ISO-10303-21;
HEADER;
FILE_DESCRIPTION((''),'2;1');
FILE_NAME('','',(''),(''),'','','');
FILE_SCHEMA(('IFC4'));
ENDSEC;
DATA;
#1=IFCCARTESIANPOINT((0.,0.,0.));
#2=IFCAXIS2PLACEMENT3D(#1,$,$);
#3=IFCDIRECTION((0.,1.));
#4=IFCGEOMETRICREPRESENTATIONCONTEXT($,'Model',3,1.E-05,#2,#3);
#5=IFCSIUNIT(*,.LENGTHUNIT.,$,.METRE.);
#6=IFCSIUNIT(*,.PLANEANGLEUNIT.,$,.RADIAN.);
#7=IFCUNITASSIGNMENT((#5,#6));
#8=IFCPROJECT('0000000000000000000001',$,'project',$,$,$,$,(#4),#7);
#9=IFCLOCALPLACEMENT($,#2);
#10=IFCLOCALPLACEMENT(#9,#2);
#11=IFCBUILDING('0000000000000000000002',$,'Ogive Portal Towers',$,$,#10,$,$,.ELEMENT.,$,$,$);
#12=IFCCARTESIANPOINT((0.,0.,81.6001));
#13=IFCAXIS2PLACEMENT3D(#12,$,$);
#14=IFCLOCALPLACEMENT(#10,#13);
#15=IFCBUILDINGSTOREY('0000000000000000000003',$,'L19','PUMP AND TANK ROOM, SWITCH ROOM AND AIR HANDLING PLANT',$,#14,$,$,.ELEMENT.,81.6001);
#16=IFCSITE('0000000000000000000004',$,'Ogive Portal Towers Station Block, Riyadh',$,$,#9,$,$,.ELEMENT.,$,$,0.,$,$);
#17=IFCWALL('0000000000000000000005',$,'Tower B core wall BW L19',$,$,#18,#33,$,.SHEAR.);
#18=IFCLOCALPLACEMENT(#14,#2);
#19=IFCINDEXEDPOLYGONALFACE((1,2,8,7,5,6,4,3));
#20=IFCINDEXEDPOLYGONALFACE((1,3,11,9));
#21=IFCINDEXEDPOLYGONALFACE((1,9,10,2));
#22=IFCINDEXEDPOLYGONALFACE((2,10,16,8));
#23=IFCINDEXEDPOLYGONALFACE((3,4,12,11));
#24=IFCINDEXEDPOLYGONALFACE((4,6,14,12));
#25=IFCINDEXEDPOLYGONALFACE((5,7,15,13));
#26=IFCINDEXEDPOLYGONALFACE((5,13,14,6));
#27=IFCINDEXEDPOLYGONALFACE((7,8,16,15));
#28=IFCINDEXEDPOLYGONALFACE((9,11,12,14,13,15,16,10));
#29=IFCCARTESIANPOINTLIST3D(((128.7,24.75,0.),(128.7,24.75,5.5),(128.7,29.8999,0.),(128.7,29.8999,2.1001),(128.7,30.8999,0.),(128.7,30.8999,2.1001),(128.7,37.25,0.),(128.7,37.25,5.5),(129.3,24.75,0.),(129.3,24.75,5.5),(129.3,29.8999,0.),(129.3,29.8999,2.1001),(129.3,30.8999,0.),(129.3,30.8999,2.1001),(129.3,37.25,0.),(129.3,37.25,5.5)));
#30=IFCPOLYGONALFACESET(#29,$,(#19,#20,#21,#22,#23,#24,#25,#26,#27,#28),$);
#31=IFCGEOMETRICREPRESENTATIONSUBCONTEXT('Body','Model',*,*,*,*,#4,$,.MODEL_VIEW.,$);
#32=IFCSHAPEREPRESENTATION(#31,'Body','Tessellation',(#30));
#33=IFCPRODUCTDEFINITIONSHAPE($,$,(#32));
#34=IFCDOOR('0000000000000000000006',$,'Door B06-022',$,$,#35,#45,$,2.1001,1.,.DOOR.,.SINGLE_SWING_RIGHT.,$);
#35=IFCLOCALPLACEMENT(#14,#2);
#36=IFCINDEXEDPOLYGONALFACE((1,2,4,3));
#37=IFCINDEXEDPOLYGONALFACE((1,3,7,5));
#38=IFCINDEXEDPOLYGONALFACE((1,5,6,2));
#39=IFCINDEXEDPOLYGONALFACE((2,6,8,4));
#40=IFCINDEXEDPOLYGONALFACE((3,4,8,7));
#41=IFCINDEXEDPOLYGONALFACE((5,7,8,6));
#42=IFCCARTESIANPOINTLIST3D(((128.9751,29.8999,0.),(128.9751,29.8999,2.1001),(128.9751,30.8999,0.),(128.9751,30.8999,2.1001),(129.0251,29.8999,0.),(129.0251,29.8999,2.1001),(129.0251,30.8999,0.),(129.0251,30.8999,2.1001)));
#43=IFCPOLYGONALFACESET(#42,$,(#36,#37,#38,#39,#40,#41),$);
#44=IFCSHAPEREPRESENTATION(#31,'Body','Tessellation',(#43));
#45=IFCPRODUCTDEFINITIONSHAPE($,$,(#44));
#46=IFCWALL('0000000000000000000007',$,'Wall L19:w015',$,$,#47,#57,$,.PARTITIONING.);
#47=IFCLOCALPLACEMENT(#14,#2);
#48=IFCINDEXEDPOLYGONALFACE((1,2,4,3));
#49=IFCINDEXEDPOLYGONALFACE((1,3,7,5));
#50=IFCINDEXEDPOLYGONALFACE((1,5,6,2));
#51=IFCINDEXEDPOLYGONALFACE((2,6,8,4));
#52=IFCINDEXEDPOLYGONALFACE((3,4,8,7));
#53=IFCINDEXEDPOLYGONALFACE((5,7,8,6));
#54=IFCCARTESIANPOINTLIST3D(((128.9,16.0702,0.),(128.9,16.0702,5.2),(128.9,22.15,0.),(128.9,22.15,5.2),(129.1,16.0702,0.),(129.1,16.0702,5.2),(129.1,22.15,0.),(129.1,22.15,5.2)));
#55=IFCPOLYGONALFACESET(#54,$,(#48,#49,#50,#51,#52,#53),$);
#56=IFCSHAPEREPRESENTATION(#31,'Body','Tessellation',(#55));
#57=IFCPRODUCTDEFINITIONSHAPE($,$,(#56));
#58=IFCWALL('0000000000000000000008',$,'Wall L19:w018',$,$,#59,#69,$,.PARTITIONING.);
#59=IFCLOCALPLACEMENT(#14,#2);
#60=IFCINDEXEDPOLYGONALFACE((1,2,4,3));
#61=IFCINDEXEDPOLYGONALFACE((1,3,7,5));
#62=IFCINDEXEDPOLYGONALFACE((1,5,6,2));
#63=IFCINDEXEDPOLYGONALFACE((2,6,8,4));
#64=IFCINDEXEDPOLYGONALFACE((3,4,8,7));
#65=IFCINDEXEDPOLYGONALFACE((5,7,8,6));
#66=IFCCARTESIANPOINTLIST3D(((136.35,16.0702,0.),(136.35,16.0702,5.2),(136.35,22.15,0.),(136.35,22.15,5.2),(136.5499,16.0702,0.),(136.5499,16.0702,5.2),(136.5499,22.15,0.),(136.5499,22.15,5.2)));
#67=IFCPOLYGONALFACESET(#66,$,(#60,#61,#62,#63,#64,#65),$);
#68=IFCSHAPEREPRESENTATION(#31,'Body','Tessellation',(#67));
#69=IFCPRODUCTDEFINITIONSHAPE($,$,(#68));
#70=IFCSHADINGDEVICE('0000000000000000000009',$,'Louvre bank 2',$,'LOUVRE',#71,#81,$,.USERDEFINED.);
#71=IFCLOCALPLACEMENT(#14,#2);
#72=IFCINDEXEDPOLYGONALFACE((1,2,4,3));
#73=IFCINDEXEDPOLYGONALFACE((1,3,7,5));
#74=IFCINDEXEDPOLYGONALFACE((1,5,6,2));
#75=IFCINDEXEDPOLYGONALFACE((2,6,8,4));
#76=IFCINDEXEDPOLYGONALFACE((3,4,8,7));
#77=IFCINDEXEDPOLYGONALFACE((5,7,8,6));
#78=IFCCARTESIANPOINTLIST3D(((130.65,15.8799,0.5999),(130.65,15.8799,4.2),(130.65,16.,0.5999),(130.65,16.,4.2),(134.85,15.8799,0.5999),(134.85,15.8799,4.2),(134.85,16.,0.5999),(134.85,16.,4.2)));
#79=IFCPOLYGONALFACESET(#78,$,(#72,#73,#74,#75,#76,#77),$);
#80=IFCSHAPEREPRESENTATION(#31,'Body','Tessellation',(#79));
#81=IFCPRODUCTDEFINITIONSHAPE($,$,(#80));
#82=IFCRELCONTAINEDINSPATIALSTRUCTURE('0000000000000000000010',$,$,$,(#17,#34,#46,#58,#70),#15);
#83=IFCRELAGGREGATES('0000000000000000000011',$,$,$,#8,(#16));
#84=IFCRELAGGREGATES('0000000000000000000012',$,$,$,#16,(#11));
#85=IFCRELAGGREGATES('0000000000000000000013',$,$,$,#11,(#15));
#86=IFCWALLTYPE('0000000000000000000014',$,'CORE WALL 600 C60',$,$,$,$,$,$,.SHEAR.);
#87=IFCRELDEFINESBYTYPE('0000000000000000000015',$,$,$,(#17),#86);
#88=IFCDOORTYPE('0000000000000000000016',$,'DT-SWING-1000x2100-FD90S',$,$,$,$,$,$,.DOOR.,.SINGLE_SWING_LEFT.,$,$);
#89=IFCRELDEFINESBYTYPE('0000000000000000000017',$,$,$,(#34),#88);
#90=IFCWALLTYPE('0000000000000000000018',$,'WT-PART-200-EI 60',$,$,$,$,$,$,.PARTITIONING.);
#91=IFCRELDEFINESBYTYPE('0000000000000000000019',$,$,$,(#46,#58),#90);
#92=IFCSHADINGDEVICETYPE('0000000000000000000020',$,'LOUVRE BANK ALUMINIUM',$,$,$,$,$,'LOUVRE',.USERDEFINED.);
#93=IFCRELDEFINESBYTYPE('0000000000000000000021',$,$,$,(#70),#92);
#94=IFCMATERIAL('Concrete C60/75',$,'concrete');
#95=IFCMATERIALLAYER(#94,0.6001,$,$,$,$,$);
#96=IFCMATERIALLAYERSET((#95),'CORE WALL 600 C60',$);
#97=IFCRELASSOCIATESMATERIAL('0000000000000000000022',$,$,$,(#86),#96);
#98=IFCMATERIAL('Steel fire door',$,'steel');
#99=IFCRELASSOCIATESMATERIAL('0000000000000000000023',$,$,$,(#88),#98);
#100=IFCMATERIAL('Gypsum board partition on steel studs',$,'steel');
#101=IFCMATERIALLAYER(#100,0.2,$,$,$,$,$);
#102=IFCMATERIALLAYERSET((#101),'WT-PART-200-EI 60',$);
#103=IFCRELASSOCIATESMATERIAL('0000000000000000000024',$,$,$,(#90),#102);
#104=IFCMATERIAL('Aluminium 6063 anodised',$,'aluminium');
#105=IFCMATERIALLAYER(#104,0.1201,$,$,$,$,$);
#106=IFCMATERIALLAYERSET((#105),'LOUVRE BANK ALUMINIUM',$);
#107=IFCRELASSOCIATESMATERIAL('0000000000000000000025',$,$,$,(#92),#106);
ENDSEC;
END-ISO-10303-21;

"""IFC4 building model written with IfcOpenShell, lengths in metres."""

from ifc_helpers import new_model, si_unit, direction, frame, frame_2d, origin, origin_2d, place, context, subcontext, project, spatial, rectangle, extrude, material, layer, layer_set, type_object, element, fill, save


model = new_model("IFC4")

# Units and contexts
model_context = context("Model", 3, precision=1e-05, world=origin(), true_north=direction((0.0, 1.0)))
body_context = subcontext(model_context, "Body", "Model", "MODEL_VIEW")
ifc_project = project(units=[si_unit("LENGTHUNIT", "METRE"), si_unit("PLANEANGLEUNIT", "RADIAN")], contexts=[model_context])

# Site, building, storey
site_placement = place(None, origin())
site = spatial("IfcSite", under=ifc_project, at=site_placement, Name="Ogive Portal Towers Station Block, Riyadh", CompositionType="ELEMENT", RefElevation=0.0)
building_placement = place(site_placement, origin())
building = spatial("IfcBuilding", under=site, at=building_placement, Name="Ogive Portal Towers", CompositionType="ELEMENT")
storey_placement = place(building_placement, frame((0.0, 0.0, 81.6001)))
storey = spatial("IfcBuildingStorey", under=building, at=storey_placement, Name="L19", Description="PUMP AND TANK ROOM, SWITCH ROOM AND AIR HANDLING PLANT", CompositionType="ELEMENT", Elevation=81.6001)

# Shared definitions
ifc_material_1 = material(Name="Concrete C60/75", Category="concrete")
ifc_material_2 = material(Name="Steel fire door", Category="steel")

# Wall, opening, door
ifc_layer_1 = layer(ifc_material_1, 0.6001)
ifc_layer_set_1 = layer_set([ifc_layer_1], Name="CORE WALL 600 C60")
wall_type_1 = type_object("IfcWallType", Name="CORE WALL 600 C60", PredefinedType="SHEAR", material=ifc_layer_set_1)
wall_1_placement = place(storey_placement, frame((129.0, 24.75, 0.0), z_axis=(0.0, 0.0, 1.0), x_axis=(0.0, 1.0, 0.0)))
wall_1 = element("IfcWall", 1, at=wall_1_placement, inside=storey, type_object=wall_type_1, Name="Tower B core wall BW L19", PredefinedType="SHEAR", context=body_context, shape_type="SweptSolid", body=[
    extrude(rectangle(XDim=12.5, YDim=0.6001, at=frame_2d((6.25, 0.0))), origin(), (0.0, 0.0, 1.0), 5.5),
])
opening_1_placement = place(wall_1_placement, frame((5.1499, 0.0, 0.0)))
opening_1 = element("IfcOpeningElement", 2, at=opening_1_placement, cuts=wall_1, PredefinedType="OPENING", context=body_context, shape_type="SweptSolid", body=[
    extrude(rectangle(XDim=1.0, YDim=2.1001, at=frame_2d((0.5, 1.05))), frame((0.0, 0.3101, 0.0), z_axis=(0.0, -1.0, 0.0), x_axis=(1.0, 0.0, 0.0)), (0.0, 0.0, 1.0), 0.6201),
])
door_type_1 = type_object("IfcDoorType", Name="DT-SWING-1000x2100-FD90S", OperationType="SINGLE_SWING_LEFT", PredefinedType="DOOR", material=ifc_material_2)
door_1_placement = place(opening_1_placement, origin())
door_1 = element("IfcDoor", 3, at=door_1_placement, inside=storey, type_object=door_type_1, Name="Door B06-022", OperationType="SINGLE_SWING_RIGHT", OverallHeight=2.1001, OverallWidth=1.0, PredefinedType="DOOR", context=body_context, shape_type="SweptSolid", body=[
    extrude(rectangle(XDim=1.0, YDim=2.1001, at=frame_2d((0.5, 1.05))), frame((0.0, 0.0249, 0.0), z_axis=(0.0, -1.0, 0.0), x_axis=(1.0, 0.0, 0.0)), (0.0, 0.0, 1.0), 0.05),
])
fill(opening_1, door_1)

# Walls
ifc_material_3 = material(Name="Gypsum board partition on steel studs", Category="steel")
ifc_layer_2 = layer(ifc_material_3, 0.2)
ifc_layer_set_2 = layer_set([ifc_layer_2], Name="WT-PART-200-EI 60")
wall_type_2 = type_object("IfcWallType", Name="WT-PART-200-EI 60", PredefinedType="PARTITIONING", material=ifc_layer_set_2)
for number, where, z_axis, x_axis, name in (
    (4, (129.0, 16.0701, 0.0), (0.0, 0.0, 1.0), (0.0, 1.0, 0.0), "Wall L19:w015"),
    (5, (136.45, 16.0701, 0.0), (0.0, 0.0, 1.0), (0.0, 1.0, 0.0), "Wall L19:w018"),
):
    element("IfcWall", number, at=place(storey_placement, frame(where, z_axis=z_axis, x_axis=x_axis)), inside=storey, type_object=wall_type_2, Name=name, PredefinedType="PARTITIONING", context=body_context, shape_type="SweptSolid", body=[
        extrude(rectangle(XDim=6.0798, YDim=0.2, at=frame_2d((3.04, 0.0))), origin(), (0.0, 0.0, 1.0), 5.2),
    ])

# Shading device
ifc_material_4 = material(Name="Aluminium 6063 anodised", Category="aluminium")
ifc_layer_3 = layer(ifc_material_4, 0.1201)
ifc_layer_set_3 = layer_set([ifc_layer_3], Name="LOUVRE BANK ALUMINIUM")
shading_device_type = type_object("IfcShadingDeviceType", Name="LOUVRE BANK ALUMINIUM", ElementType="LOUVRE", PredefinedType="USERDEFINED", material=ifc_layer_set_3)
shading_device_placement = place(storey_placement, frame((132.75, 15.9399, 0.5999), z_axis=(0.0, 0.0, 1.0), x_axis=(1.0, 0.0, 0.0)))
element("IfcShadingDevice", 6, at=shading_device_placement, inside=storey, type_object=shading_device_type, Name="Louvre bank 2", ObjectType="LOUVRE", PredefinedType="USERDEFINED", context=body_context, shape_type="SweptSolid", body=[
    extrude(rectangle(XDim=4.2, YDim=0.1201, at=origin_2d()), origin(), (0.0, 0.0, 1.0), 3.6001),
])

save(model, "model.ifc")
